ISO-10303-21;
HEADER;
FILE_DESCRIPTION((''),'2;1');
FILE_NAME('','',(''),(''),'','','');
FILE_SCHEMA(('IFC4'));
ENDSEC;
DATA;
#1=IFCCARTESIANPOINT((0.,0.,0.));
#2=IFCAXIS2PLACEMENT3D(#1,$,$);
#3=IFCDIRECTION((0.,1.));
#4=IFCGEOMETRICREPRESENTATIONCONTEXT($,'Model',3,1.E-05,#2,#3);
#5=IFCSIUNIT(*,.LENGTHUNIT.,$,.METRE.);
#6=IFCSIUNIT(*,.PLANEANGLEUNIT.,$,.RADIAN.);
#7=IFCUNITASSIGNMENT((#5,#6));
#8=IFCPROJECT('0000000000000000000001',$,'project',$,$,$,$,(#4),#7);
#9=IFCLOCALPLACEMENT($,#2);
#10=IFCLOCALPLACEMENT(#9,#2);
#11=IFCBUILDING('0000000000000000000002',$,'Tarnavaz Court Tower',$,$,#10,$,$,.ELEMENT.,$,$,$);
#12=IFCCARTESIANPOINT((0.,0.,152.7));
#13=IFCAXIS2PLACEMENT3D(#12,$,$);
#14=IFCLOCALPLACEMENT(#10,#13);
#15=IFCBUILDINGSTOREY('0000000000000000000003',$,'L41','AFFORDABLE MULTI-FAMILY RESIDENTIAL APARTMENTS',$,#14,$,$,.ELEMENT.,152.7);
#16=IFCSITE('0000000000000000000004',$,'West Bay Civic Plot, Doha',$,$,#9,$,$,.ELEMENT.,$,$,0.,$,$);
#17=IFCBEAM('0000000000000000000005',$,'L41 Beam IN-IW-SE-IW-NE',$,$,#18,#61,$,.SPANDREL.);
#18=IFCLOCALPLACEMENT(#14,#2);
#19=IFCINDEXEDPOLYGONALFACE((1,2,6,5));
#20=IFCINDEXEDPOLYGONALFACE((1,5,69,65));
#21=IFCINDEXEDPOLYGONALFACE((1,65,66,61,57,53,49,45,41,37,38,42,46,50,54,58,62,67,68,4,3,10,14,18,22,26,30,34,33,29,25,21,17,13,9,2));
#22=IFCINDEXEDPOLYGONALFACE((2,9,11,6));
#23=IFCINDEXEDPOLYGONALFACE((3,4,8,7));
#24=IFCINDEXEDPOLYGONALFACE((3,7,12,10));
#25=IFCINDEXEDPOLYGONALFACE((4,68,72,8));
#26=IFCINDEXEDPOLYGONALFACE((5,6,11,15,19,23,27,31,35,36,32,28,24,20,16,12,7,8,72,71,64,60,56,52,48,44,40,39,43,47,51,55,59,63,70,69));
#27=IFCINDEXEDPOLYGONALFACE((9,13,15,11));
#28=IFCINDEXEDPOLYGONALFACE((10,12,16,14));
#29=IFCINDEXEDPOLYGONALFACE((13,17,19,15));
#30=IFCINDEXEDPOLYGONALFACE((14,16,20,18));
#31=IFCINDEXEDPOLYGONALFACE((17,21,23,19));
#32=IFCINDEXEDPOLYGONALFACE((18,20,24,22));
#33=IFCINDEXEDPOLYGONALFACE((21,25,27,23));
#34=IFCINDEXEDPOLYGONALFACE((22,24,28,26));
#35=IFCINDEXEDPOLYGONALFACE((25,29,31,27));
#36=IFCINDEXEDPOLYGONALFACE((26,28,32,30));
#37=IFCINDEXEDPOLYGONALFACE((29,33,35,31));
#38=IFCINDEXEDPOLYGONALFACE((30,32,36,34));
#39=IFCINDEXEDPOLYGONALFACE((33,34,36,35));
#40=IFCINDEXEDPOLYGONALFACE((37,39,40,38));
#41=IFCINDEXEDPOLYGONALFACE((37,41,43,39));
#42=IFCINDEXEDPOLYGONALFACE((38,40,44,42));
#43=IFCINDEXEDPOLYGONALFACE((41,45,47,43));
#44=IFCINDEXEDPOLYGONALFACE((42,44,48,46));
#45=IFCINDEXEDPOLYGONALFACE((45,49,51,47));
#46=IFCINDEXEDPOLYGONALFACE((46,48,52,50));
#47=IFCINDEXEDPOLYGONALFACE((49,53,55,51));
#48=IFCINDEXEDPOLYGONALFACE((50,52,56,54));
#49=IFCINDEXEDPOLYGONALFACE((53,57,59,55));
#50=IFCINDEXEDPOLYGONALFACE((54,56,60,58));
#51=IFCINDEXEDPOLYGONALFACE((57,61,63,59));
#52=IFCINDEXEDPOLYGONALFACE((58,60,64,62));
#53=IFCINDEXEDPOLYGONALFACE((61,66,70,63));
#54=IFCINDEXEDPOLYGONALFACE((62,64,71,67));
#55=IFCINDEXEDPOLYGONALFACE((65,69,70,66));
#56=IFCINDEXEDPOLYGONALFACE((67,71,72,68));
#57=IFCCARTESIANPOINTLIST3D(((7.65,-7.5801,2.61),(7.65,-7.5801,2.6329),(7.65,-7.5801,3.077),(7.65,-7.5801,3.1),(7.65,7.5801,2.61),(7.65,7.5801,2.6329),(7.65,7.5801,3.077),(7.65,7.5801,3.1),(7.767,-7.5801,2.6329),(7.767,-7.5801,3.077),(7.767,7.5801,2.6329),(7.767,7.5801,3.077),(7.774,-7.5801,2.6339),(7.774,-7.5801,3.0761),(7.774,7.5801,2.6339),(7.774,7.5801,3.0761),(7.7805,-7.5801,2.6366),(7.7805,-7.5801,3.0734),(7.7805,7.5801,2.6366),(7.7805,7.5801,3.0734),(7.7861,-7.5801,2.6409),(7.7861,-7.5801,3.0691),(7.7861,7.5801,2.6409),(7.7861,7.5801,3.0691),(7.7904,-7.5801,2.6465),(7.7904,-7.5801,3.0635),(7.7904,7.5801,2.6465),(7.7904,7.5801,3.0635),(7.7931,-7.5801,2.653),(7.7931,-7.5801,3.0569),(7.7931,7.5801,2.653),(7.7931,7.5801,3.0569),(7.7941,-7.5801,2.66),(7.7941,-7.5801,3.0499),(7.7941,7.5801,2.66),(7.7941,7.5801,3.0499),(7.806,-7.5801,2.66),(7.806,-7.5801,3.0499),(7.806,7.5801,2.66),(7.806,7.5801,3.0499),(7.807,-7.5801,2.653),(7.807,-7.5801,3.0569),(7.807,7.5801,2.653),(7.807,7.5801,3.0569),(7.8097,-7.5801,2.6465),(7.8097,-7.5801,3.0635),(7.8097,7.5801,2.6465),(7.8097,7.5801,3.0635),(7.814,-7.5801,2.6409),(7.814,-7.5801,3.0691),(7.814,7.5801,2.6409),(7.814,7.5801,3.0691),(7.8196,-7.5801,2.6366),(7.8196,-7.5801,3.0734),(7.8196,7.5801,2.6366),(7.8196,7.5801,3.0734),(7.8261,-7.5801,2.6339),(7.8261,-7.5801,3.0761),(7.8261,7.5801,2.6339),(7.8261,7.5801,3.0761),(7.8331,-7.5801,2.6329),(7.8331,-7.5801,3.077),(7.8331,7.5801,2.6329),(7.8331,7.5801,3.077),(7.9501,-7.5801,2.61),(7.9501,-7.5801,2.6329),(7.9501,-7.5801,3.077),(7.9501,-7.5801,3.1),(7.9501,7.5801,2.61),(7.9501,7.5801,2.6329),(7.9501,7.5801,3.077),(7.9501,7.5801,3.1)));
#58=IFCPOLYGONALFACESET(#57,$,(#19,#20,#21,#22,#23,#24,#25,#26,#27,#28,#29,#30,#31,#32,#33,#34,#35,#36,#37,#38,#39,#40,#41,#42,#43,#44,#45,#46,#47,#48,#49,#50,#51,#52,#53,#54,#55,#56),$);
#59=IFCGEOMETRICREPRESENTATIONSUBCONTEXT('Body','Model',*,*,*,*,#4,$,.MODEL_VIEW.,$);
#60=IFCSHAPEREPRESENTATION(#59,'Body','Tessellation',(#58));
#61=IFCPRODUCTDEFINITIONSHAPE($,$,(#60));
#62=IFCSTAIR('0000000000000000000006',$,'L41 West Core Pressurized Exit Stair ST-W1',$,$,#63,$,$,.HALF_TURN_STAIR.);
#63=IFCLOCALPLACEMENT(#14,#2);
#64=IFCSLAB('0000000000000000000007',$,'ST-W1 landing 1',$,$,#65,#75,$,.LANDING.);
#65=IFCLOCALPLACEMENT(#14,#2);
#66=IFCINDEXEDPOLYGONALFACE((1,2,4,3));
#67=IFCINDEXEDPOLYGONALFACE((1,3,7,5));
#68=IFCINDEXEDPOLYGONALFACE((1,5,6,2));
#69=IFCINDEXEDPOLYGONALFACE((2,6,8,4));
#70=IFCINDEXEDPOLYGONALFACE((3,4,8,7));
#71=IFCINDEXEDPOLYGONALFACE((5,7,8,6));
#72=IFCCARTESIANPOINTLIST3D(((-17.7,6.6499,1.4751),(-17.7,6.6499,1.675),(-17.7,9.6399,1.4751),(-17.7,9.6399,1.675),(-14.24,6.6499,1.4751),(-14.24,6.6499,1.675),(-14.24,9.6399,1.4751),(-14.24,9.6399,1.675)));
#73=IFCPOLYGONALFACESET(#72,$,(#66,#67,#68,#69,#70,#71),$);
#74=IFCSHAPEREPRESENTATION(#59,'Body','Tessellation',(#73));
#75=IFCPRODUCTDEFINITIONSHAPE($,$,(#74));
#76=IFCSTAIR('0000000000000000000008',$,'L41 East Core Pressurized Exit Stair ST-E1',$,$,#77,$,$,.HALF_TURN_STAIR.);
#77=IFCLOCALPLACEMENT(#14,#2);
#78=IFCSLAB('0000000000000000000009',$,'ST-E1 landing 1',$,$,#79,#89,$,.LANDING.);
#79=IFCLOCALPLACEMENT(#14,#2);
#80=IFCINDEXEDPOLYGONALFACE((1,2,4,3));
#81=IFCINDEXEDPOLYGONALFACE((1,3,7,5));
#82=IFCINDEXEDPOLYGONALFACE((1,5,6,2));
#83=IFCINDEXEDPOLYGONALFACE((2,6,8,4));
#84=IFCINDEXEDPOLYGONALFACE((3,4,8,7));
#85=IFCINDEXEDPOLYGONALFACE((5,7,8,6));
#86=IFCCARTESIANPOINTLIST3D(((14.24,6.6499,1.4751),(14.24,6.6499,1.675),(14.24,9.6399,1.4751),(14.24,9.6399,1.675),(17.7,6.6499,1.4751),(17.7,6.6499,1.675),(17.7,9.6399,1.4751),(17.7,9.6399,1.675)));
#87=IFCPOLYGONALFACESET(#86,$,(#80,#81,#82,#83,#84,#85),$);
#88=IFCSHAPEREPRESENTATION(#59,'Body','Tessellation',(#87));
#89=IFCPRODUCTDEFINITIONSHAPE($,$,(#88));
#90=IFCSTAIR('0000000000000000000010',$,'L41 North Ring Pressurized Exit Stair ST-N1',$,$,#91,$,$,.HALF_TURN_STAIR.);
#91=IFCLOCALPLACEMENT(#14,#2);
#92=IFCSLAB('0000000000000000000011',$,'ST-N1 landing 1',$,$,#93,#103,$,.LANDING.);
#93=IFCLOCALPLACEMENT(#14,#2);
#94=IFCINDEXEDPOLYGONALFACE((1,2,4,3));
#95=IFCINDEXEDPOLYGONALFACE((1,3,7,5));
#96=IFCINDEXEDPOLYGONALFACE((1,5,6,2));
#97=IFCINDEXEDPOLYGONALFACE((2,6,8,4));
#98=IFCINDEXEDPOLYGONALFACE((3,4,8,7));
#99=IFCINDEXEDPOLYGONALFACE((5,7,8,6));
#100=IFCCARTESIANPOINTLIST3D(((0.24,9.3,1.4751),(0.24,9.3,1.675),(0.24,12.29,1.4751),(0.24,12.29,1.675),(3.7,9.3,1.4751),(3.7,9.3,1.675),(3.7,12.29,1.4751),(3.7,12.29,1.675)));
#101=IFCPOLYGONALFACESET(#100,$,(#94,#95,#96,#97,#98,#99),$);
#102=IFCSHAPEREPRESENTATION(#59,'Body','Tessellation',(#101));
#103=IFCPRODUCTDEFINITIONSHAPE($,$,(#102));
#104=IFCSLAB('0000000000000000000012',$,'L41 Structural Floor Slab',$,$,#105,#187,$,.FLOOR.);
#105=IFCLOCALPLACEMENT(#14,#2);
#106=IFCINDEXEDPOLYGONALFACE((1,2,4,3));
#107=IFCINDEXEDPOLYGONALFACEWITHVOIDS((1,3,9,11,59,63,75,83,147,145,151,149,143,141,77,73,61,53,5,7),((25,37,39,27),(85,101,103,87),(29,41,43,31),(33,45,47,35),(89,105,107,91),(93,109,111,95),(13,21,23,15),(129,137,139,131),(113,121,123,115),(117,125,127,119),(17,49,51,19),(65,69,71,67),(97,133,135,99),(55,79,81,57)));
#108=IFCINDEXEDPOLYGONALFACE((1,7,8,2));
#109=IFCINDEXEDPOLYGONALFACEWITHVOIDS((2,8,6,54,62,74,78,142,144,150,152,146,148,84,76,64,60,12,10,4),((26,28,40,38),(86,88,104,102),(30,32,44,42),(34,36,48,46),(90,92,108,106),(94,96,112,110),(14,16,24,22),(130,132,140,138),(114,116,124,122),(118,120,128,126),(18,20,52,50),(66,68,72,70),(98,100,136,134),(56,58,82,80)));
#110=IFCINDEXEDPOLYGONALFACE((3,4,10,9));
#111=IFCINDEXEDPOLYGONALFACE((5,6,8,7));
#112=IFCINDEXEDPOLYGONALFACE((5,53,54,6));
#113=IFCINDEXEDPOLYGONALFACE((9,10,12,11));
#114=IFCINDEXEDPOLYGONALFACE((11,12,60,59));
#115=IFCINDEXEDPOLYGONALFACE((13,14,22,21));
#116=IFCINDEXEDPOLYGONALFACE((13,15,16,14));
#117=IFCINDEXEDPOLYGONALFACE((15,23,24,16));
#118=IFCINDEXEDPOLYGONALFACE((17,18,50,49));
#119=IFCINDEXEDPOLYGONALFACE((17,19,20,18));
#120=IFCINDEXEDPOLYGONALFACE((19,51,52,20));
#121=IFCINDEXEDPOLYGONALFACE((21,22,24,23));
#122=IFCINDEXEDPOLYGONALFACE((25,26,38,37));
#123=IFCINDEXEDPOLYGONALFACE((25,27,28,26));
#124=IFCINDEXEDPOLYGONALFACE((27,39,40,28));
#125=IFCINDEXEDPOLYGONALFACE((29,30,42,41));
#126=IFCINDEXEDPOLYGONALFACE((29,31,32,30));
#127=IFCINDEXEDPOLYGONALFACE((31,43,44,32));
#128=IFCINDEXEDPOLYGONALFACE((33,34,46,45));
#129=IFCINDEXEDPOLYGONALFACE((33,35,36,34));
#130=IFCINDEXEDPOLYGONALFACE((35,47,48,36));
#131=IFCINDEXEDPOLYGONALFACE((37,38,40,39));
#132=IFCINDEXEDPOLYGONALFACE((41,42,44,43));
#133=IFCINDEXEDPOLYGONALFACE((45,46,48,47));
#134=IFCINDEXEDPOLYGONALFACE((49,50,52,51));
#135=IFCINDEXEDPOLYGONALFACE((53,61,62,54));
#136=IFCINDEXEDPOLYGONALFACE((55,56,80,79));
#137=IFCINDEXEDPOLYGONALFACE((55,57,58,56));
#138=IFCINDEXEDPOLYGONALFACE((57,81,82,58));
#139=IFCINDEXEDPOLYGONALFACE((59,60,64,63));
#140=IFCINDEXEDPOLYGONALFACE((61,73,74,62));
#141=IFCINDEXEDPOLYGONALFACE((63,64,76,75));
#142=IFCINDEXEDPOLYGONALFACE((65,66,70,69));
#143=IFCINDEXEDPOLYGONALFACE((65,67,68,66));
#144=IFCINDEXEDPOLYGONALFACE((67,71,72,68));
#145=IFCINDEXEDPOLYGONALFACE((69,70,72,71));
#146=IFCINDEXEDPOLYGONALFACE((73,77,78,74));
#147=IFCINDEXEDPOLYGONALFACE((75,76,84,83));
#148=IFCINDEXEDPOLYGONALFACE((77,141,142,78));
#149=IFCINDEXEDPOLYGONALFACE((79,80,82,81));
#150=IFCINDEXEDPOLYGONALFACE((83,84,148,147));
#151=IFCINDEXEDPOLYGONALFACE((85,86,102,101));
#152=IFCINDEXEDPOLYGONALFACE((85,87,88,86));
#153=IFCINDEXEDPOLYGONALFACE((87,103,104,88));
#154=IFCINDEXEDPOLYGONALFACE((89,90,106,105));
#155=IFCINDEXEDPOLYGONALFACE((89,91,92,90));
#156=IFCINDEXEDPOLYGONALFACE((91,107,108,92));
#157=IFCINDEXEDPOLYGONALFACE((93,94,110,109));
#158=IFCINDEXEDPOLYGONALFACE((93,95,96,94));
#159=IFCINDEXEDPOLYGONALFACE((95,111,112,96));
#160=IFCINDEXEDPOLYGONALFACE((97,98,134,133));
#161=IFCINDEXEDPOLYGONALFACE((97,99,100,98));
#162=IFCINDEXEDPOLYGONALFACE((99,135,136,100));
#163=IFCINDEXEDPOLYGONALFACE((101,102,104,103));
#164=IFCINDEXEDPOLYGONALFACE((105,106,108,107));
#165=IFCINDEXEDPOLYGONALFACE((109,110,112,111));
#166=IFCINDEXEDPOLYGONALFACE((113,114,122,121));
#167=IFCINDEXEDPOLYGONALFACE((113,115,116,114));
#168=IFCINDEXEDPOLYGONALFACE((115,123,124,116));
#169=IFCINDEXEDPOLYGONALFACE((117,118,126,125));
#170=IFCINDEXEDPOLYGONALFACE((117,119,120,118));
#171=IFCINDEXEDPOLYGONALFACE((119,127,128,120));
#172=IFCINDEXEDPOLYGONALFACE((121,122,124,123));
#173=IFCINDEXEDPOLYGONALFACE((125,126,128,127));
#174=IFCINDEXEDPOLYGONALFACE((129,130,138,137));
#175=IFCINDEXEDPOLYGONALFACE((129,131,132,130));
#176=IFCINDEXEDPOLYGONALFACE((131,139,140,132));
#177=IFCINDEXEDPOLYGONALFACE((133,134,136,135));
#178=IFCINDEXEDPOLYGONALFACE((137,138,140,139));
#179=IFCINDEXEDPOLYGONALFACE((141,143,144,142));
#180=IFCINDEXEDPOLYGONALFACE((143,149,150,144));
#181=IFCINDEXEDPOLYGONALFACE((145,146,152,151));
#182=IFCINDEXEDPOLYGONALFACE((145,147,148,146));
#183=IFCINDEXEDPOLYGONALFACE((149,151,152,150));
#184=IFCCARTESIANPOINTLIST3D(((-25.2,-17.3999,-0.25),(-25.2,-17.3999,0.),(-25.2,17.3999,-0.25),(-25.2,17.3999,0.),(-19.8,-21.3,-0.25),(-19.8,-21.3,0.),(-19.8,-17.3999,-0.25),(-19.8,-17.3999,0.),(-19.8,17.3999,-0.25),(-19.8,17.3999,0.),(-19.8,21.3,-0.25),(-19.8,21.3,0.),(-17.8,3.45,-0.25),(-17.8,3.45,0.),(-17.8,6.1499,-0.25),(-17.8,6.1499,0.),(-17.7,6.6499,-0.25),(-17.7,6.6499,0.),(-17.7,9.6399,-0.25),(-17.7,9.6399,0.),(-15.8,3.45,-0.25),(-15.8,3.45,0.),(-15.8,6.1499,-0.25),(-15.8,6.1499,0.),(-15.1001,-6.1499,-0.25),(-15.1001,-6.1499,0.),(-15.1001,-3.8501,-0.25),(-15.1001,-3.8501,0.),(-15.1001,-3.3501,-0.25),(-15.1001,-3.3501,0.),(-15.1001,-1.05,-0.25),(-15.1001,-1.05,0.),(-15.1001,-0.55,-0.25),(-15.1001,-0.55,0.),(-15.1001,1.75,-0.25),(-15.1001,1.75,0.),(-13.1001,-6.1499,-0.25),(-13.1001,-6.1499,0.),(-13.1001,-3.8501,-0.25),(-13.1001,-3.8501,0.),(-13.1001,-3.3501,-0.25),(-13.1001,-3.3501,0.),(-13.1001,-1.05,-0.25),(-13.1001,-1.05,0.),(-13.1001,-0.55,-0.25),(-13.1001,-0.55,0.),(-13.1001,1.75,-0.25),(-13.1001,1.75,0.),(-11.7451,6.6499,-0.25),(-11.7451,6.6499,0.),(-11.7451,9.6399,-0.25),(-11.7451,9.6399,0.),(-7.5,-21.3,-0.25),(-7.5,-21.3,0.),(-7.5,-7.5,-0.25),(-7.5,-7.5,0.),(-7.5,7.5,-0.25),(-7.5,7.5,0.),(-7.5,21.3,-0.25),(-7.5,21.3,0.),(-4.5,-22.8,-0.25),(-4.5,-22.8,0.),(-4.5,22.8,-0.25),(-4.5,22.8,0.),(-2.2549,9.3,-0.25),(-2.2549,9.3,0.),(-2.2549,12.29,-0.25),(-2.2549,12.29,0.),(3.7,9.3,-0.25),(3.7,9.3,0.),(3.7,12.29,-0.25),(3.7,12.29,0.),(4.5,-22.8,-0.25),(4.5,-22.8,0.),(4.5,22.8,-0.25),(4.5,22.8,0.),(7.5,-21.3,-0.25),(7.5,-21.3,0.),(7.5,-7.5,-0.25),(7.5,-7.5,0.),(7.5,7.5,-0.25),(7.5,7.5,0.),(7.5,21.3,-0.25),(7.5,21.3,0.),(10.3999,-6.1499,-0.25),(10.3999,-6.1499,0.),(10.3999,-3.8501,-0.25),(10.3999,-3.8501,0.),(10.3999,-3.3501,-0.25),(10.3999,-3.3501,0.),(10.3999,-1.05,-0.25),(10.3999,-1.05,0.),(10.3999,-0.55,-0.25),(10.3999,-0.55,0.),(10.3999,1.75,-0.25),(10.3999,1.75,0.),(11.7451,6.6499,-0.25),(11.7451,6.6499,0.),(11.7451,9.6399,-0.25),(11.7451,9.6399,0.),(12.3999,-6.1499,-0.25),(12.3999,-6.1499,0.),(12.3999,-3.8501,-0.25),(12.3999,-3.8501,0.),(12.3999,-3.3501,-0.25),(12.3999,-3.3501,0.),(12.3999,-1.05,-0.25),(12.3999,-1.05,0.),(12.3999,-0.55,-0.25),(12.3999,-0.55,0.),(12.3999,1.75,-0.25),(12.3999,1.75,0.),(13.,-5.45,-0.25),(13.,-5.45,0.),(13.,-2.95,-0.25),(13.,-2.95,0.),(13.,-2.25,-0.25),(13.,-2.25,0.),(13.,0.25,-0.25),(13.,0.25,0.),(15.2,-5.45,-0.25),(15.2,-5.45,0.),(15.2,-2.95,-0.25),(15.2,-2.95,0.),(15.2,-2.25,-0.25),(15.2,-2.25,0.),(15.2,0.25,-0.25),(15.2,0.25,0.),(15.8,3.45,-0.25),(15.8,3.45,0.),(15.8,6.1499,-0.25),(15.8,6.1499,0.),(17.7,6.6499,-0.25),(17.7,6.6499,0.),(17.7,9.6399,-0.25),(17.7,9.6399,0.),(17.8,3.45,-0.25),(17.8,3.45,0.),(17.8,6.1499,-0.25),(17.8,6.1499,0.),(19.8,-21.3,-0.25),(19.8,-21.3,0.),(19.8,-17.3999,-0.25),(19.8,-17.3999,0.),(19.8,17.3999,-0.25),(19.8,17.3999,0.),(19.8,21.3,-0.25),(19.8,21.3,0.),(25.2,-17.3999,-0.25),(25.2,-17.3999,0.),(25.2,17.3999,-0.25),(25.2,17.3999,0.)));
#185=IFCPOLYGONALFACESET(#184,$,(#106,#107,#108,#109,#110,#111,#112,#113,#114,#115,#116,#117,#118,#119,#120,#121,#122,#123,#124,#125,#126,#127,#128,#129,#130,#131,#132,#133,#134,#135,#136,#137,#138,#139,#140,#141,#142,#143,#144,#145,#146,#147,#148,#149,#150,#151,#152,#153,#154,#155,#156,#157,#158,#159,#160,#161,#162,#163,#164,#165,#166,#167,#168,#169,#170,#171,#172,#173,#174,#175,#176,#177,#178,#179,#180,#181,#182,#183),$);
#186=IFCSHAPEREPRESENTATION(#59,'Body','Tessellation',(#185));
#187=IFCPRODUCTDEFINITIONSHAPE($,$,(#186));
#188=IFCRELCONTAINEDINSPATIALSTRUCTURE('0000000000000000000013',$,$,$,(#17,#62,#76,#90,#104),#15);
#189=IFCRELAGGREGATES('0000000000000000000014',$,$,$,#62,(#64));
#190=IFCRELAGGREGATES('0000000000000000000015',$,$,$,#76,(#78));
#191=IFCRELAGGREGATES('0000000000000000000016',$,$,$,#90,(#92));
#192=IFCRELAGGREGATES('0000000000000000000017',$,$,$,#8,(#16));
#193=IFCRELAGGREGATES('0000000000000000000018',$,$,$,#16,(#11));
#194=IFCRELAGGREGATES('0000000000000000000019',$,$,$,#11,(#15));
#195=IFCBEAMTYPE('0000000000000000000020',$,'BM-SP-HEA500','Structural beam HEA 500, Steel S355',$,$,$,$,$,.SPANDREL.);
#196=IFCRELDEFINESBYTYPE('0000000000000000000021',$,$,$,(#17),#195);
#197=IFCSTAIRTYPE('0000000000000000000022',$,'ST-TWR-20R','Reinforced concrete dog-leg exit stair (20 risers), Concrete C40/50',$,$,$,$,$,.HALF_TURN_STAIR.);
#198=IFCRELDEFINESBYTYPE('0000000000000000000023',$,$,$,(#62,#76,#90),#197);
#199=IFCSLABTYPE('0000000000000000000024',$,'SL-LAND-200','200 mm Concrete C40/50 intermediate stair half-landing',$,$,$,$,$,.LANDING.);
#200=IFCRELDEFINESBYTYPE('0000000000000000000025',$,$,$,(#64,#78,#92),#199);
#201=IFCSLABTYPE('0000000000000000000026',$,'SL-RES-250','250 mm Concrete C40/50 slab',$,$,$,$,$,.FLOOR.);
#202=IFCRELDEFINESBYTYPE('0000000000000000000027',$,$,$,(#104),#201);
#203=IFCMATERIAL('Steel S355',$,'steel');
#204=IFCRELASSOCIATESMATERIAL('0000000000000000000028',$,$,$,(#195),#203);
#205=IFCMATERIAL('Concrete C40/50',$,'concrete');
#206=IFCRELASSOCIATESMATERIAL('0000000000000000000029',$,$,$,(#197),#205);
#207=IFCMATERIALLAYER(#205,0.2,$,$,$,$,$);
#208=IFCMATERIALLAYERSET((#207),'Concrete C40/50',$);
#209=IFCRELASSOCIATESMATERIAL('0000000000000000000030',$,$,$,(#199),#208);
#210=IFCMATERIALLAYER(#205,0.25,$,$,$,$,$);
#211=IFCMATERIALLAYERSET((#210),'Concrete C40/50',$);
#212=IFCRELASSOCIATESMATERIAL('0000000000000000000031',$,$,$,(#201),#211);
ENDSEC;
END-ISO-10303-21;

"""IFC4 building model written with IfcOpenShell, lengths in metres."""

from ifc_helpers import new_model, si_unit, direction, frame, origin, origin_2d, place, context, subcontext, project, spatial, polyline, i_section, outline, extrude, material, layer, layer_set, material_profile, profile_set, type_object, element, aggregate, save


model = new_model("IFC4")

# Units and contexts
model_context = context("Model", 3, precision=1e-05, world=origin(), true_north=direction((0.0, 1.0)))
body_context = subcontext(model_context, "Body", "Model", "MODEL_VIEW")
ifc_project = project(units=[si_unit("LENGTHUNIT", "METRE"), si_unit("PLANEANGLEUNIT", "RADIAN")], contexts=[model_context])

# Site, building, storey
site_placement = place(None, origin())
site = spatial("IfcSite", under=ifc_project, at=site_placement, Name="West Bay Civic Plot, Doha", CompositionType="ELEMENT", RefElevation=0.0)
building_placement = place(site_placement, origin())
building = spatial("IfcBuilding", under=site, at=building_placement, Name="Tarnavaz Court Tower", CompositionType="ELEMENT")
storey_placement = place(building_placement, frame((0.0, 0.0, 152.7)))
storey = spatial("IfcBuildingStorey", under=building, at=storey_placement, Name="L41", Description="AFFORDABLE MULTI-FAMILY RESIDENTIAL APARTMENTS", CompositionType="ELEMENT", Elevation=152.7)

# Beam
ifc_material_1 = material(Name="Steel S355", Category="steel")
ifc_material_profile_1 = material_profile(ifc_material_1, i_section(OverallWidth=0.3, OverallDepth=0.49, WebThickness=0.012, FlangeThickness=0.0229, FilletRadius=0.0271, at=origin_2d()), Name="HEA 500")
ifc_profile_set_1 = profile_set([ifc_material_profile_1], Name="Steel S355")
beam_type_1 = type_object("IfcBeamType", Name="BM-SP-HEA500", Description="Structural beam HEA 500, Steel S355", PredefinedType="SPANDREL", material=ifc_profile_set_1)
beam_1_placement = place(storey_placement, frame((7.8, -7.5801, 2.855), z_axis=(0.0, 1.0, 0.0), x_axis=(-1.0, 0.0, 0.0)))
element("IfcBeam", 1, at=beam_1_placement, inside=storey, type_object=beam_type_1, Name="L41 Beam IN-IW-SE-IW-NE", PredefinedType="SPANDREL", context=body_context, shape_type="SweptSolid", body=[
    extrude(i_section(OverallWidth=0.3, OverallDepth=0.49, WebThickness=0.012, FlangeThickness=0.0229, FilletRadius=0.0271, at=origin_2d()), origin(), (0.0, 0.0, 1.0), 15.1602),
])

# Stairs, slabs
ifc_material_2 = material(Name="Concrete C40/50", Category="concrete")
stair_type = type_object("IfcStairType", Name="ST-TWR-20R", Description="Reinforced concrete dog-leg exit stair (20 risers), Concrete C40/50", PredefinedType="HALF_TURN_STAIR", material=ifc_material_2)
stair_1_placement = place(storey_placement, origin())
stair_1 = element("IfcStair", 2, at=stair_1_placement, inside=storey, type_object=stair_type, Name="L41 West Core Pressurized Exit Stair ST-W1", PredefinedType="HALF_TURN_STAIR")
ifc_layer_1 = layer(ifc_material_2, 0.2)
ifc_layer_set_1 = layer_set([ifc_layer_1], Name="Concrete C40/50")
slab_type_1 = type_object("IfcSlabType", Name="SL-LAND-200", Description="200 mm Concrete C40/50 intermediate stair half-landing", PredefinedType="LANDING", material=ifc_layer_set_1)
slab_1_placement = place(storey_placement, frame((0.0, 0.0, 1.4751)))
slab_1 = element("IfcSlab", 3, at=slab_1_placement, type_object=slab_type_1, Name="ST-W1 landing 1", PredefinedType="LANDING", context=body_context, shape_type="SweptSolid", body=[
    extrude(outline(polyline([(-14.24, 9.6399), (-17.7, 9.6399), (-17.7, 6.6499), (-14.24, 6.6499), (-14.24, 9.6399)])), origin(), (0.0, 0.0, 1.0), 0.2),
])
aggregate(stair_1, [slab_1])
stair_2_placement = place(storey_placement, origin())
stair_2 = element("IfcStair", 4, at=stair_2_placement, inside=storey, type_object=stair_type, Name="L41 East Core Pressurized Exit Stair ST-E1", PredefinedType="HALF_TURN_STAIR")
slab_2_placement = place(storey_placement, frame((0.0, 0.0, 1.4751)))
slab_2 = element("IfcSlab", 5, at=slab_2_placement, type_object=slab_type_1, Name="ST-E1 landing 1", PredefinedType="LANDING", context=body_context, shape_type="SweptSolid", body=[
    extrude(outline(polyline([(14.24, 6.6499), (17.7, 6.6499), (17.7, 9.6399), (14.24, 9.6399), (14.24, 6.6499)])), origin(), (0.0, 0.0, 1.0), 0.2),
])
aggregate(stair_2, [slab_2])
stair_3_placement = place(storey_placement, origin())
stair_3 = element("IfcStair", 6, at=stair_3_placement, inside=storey, type_object=stair_type, Name="L41 North Ring Pressurized Exit Stair ST-N1", PredefinedType="HALF_TURN_STAIR")
slab_3_placement = place(storey_placement, frame((0.0, 0.0, 1.4751)))
slab_3 = element("IfcSlab", 7, at=slab_3_placement, type_object=slab_type_1, Name="ST-N1 landing 1", PredefinedType="LANDING", context=body_context, shape_type="SweptSolid", body=[
    extrude(outline(polyline([(0.24, 9.3), (3.7, 9.3), (3.7, 12.29), (0.24, 12.29), (0.24, 9.3)])), origin(), (0.0, 0.0, 1.0), 0.2),
])
aggregate(stair_3, [slab_3])

# Slab
ifc_layer_2 = layer(ifc_material_2, 0.25)
ifc_layer_set_2 = layer_set([ifc_layer_2], Name="Concrete C40/50")
slab_type_2 = type_object("IfcSlabType", Name="SL-RES-250", Description="250 mm Concrete C40/50 slab", PredefinedType="FLOOR", material=ifc_layer_set_2)
slab_4_placement = place(storey_placement, frame((0.0, 0.0, -0.25)))
element("IfcSlab", 8, at=slab_4_placement, inside=storey, type_object=slab_type_2, Name="L41 Structural Floor Slab", PredefinedType="FLOOR", context=body_context, shape_type="SweptSolid", body=[
    extrude(outline(polyline([(-19.8, -21.3), (-7.5, -21.3), (-4.5, -22.8), (4.5, -22.8), (7.5, -21.3), (19.8, -21.3), (19.8, -17.3999), (25.2, -17.3999), (25.2, 17.3999), (19.8, 17.3999), (19.8, 21.3), (7.5, 21.3), (4.5, 22.8), (-4.5, 22.8), (-7.5, 21.3), (-19.8, 21.3), (-19.8, 17.3999), (-25.2, 17.3999), (-25.2, -17.3999), (-19.8, -17.3999), (-19.8, -21.3)]), holes=[polyline([(-7.5, -7.5), (7.5, -7.5), (7.5, 7.5), (-7.5, 7.5), (-7.5, -7.5)]), polyline([(-11.7451, 9.6399), (-17.7, 9.6399), (-17.7, 6.6499), (-11.7451, 6.6499), (-11.7451, 9.6399)]), polyline([(11.7451, 6.6499), (17.7, 6.6499), (17.7, 9.6399), (11.7451, 9.6399), (11.7451, 6.6499)]), polyline([(-2.2549, 9.3), (3.7, 9.3), (3.7, 12.29), (-2.2549, 12.29), (-2.2549, 9.3)]), polyline([(-17.8, 3.45), (-15.8, 3.45), (-15.8, 6.1499), (-17.8, 6.1499), (-17.8, 3.45)]), polyline([(-15.1001, -6.1499), (-13.1001, -6.1499), (-13.1001, -3.8501), (-15.1001, -3.8501), (-15.1001, -6.1499)]), polyline([(-15.1001, -3.3501), (-13.1001, -3.3501), (-13.1001, -1.05), (-15.1001, -1.05), (-15.1001, -3.3501)]), polyline([(-15.1001, -0.55), (-13.1001, -0.55), (-13.1001, 1.75), (-15.1001, 1.75), (-15.1001, -0.55)]), polyline([(15.8, 3.45), (17.8, 3.45), (17.8, 6.1499), (15.8, 6.1499), (15.8, 3.45)]), polyline([(10.3999, -6.1499), (12.3999, -6.1499), (12.3999, -3.8501), (10.3999, -3.8501), (10.3999, -6.1499)]), polyline([(10.3999, -3.3501), (12.3999, -3.3501), (12.3999, -1.05), (10.3999, -1.05), (10.3999, -3.3501)]), polyline([(10.3999, -0.55), (12.3999, -0.55), (12.3999, 1.75), (10.3999, 1.75), (10.3999, -0.55)]), polyline([(13.0, -5.45), (15.2, -5.45), (15.2, -2.95), (13.0, -2.95), (13.0, -5.45)]), polyline([(13.0, -2.25), (15.2, -2.25), (15.2, 0.25), (13.0, 0.25), (13.0, -2.25)])]), origin(), (0.0, 0.0, 1.0), 0.25),
])

save(model, "model.ifc")
